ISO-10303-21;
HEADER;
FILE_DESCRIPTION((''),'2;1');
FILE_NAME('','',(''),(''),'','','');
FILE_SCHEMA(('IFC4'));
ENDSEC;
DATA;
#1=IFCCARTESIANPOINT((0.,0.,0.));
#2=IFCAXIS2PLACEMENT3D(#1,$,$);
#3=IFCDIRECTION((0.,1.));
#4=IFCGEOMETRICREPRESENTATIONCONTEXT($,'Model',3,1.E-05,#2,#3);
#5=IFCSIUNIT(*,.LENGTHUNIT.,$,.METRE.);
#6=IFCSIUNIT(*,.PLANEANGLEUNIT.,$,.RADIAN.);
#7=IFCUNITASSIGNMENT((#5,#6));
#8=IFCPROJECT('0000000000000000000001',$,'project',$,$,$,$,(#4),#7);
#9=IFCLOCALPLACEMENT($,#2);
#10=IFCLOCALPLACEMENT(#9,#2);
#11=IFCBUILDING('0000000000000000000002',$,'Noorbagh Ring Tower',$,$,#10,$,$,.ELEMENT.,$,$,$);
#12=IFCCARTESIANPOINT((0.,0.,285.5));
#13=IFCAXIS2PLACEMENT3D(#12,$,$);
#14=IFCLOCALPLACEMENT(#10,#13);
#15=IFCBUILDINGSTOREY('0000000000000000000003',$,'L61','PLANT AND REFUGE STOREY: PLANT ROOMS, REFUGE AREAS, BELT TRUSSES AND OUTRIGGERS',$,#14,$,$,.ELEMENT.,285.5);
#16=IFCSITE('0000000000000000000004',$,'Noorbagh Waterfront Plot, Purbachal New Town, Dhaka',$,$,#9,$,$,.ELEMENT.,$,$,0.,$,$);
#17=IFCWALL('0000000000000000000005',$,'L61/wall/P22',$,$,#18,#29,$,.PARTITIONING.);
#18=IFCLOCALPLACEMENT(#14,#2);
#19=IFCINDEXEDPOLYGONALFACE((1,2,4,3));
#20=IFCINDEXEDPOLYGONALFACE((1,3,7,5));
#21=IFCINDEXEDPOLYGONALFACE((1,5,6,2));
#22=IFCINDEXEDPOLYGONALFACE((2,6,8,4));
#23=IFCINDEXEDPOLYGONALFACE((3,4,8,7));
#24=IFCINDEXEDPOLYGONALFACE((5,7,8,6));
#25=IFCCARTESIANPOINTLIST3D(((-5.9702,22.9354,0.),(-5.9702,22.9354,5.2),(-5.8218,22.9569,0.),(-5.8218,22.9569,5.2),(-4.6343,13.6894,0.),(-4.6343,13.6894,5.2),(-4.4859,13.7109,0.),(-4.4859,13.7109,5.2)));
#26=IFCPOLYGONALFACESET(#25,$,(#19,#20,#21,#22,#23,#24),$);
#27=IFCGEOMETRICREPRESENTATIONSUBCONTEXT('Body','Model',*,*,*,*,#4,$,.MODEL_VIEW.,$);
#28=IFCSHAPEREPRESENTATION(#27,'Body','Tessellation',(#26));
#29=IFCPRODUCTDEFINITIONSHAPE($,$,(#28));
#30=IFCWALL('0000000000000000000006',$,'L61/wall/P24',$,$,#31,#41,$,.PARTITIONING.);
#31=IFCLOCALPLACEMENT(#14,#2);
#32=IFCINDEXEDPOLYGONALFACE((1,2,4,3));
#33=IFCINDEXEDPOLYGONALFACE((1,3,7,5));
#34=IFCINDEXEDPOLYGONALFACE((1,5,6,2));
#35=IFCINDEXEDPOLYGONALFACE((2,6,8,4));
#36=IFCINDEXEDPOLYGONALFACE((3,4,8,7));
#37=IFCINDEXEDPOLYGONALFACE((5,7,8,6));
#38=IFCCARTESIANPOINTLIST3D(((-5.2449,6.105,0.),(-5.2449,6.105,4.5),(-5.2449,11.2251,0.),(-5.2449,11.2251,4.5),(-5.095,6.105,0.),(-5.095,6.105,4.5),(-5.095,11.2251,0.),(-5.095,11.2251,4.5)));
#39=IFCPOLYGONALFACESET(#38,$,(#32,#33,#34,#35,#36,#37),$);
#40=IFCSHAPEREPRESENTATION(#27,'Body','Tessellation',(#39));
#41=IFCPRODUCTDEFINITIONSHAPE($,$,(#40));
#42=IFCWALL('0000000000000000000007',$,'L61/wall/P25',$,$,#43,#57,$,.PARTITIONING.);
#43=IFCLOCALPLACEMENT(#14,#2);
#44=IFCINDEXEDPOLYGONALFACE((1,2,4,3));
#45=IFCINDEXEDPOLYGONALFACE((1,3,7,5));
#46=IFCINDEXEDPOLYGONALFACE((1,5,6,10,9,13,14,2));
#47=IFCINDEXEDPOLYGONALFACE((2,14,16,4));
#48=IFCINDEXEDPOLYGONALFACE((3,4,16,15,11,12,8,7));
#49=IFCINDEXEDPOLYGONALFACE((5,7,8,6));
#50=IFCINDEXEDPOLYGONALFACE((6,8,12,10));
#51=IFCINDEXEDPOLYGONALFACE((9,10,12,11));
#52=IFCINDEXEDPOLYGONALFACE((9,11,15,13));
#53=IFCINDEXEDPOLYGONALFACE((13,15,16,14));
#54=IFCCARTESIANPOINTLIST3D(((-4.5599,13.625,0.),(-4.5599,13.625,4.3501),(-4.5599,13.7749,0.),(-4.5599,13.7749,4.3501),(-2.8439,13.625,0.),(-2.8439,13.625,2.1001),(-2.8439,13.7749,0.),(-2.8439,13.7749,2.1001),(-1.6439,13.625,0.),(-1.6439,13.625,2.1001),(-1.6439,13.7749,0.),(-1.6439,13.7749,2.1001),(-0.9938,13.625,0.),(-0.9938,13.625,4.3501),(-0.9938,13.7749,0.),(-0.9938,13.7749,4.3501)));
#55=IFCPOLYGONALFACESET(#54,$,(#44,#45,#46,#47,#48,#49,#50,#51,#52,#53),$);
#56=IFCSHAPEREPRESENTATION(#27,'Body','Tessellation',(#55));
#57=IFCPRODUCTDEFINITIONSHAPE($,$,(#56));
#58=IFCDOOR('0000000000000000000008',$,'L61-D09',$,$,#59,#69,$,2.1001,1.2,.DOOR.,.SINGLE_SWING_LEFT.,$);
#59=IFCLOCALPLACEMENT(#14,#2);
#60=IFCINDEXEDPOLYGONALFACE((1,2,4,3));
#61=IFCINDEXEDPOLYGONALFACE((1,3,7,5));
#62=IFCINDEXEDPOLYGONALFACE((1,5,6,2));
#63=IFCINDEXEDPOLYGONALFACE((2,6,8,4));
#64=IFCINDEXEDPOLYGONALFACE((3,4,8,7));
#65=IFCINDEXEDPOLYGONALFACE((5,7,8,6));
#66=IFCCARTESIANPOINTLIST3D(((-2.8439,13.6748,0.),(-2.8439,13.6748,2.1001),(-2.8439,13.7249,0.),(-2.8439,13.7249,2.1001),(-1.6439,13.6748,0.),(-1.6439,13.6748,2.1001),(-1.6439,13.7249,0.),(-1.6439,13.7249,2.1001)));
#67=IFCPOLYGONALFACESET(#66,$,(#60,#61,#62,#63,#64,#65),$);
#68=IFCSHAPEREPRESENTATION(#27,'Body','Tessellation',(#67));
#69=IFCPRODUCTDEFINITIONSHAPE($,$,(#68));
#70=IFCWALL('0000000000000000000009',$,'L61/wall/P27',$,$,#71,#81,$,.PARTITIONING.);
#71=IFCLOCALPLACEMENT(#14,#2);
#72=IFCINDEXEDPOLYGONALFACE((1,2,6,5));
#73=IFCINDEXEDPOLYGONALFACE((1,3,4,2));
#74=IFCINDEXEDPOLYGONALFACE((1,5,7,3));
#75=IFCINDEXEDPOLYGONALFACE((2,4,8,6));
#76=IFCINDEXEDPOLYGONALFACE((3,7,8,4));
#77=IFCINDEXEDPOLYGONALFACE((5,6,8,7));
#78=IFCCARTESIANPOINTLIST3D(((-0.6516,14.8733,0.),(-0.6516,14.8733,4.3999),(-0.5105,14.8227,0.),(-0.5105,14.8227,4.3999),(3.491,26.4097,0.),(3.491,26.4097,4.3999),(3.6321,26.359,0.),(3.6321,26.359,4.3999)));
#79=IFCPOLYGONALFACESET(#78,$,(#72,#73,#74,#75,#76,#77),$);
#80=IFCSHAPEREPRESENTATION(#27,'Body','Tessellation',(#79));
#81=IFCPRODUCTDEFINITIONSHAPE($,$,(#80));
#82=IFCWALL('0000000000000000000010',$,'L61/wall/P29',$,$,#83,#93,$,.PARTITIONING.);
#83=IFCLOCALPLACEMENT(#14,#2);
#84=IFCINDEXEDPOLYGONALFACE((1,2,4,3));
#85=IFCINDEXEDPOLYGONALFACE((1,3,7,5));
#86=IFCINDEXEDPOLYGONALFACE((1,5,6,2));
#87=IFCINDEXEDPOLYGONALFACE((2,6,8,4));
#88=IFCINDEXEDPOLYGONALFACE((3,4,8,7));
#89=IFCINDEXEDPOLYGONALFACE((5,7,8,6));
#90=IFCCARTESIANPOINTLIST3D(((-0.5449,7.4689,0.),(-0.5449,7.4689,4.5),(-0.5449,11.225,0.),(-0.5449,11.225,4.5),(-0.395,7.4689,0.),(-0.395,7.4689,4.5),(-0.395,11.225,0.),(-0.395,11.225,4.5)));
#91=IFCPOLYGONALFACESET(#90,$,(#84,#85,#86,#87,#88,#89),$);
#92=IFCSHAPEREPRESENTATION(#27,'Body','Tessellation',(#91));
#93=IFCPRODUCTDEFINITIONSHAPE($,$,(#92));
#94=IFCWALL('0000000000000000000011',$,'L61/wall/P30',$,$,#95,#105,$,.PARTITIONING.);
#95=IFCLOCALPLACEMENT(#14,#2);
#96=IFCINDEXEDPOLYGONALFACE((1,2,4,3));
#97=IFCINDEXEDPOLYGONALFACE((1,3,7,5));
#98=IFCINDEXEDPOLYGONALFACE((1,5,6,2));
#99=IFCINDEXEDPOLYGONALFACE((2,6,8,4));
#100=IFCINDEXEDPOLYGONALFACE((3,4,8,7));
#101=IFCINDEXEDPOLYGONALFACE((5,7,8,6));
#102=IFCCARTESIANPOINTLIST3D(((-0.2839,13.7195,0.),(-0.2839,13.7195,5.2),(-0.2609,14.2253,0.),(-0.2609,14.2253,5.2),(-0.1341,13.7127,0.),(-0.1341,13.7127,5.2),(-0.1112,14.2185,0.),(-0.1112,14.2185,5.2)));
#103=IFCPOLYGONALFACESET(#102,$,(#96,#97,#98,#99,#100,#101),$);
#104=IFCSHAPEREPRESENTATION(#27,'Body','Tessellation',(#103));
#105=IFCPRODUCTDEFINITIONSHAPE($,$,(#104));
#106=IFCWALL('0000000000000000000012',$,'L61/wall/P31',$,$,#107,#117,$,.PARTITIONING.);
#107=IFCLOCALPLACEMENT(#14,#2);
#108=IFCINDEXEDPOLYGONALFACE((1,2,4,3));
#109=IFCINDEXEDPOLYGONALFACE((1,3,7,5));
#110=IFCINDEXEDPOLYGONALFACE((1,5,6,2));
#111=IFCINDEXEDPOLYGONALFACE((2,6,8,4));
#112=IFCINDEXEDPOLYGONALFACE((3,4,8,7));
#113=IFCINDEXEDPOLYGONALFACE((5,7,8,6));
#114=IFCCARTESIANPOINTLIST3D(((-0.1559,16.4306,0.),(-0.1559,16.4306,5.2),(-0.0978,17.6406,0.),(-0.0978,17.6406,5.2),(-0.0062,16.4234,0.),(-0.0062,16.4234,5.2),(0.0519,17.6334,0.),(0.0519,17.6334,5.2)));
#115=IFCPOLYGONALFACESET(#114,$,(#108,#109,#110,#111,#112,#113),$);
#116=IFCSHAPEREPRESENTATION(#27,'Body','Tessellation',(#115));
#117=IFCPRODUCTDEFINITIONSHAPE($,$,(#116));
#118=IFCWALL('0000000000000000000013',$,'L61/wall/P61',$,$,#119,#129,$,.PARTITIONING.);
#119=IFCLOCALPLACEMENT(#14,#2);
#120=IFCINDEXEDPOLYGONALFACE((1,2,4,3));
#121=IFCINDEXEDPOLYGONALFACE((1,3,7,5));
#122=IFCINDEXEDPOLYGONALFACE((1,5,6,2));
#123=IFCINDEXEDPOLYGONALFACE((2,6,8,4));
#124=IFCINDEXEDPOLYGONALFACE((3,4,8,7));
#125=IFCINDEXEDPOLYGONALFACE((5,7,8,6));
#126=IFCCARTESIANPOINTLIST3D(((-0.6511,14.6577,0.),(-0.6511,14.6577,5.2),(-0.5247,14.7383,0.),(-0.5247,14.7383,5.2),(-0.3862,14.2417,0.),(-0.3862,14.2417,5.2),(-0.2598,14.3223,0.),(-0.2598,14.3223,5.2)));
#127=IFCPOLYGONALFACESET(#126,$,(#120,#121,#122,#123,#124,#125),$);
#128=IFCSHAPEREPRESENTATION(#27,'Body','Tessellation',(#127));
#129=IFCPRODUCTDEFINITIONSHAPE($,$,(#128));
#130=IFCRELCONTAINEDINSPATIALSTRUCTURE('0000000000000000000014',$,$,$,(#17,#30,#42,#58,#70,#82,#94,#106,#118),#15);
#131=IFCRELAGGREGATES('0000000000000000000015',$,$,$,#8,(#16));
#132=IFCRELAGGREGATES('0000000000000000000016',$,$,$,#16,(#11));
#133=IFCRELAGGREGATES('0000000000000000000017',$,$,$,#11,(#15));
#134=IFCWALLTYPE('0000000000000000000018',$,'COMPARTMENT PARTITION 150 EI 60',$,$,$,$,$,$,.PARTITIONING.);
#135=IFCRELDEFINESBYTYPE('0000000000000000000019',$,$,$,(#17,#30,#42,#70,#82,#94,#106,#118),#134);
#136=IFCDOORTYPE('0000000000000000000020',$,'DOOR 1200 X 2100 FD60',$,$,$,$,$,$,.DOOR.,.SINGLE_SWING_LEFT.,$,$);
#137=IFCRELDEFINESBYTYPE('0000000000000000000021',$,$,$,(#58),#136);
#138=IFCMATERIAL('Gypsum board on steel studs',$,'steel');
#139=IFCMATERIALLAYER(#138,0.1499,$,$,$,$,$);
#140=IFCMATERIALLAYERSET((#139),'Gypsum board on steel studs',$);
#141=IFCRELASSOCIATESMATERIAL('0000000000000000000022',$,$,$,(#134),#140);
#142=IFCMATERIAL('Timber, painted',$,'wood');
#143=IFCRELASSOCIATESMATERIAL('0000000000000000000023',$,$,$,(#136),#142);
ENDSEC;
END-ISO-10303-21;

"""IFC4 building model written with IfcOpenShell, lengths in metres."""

from ifc_helpers import new_model, si_unit, direction, frame, frame_2d, origin, place, context, subcontext, project, spatial, rectangle, extrude, material, layer, layer_set, type_object, element, fill, save


model = new_model("IFC4")

# Units and contexts
model_context = context("Model", 3, precision=1e-05, world=origin(), true_north=direction((0.0, 1.0)))
body_context = subcontext(model_context, "Body", "Model", "MODEL_VIEW")
ifc_project = project(units=[si_unit("LENGTHUNIT", "METRE"), si_unit("PLANEANGLEUNIT", "RADIAN")], contexts=[model_context])

# Site, building, storey
site_placement = place(None, origin())
site = spatial("IfcSite", under=ifc_project, at=site_placement, Name="Noorbagh Waterfront Plot, Purbachal New Town, Dhaka", CompositionType="ELEMENT", RefElevation=0.0)
building_placement = place(site_placement, origin())
building = spatial("IfcBuilding", under=site, at=building_placement, Name="Noorbagh Ring Tower", CompositionType="ELEMENT")
storey_placement = place(building_placement, frame((0.0, 0.0, 285.5)))
storey = spatial("IfcBuildingStorey", under=building, at=storey_placement, Name="L61", Description="PLANT AND REFUGE STOREY: PLANT ROOMS, REFUGE AREAS, BELT TRUSSES AND OUTRIGGERS", CompositionType="ELEMENT", Elevation=285.5)

# Shared definitions
ifc_material_1 = material(Name="Gypsum board on steel studs", Category="steel")
ifc_layer = layer(ifc_material_1, 0.1499)
ifc_layer_set = layer_set([ifc_layer], Name="Gypsum board on steel studs")
wall_type = type_object("IfcWallType", Name="COMPARTMENT PARTITION 150 EI 60", PredefinedType="PARTITIONING", material=ifc_layer_set)

# Walls
wall_1_placement = place(storey_placement, frame((-5.896, 22.946, 0.0), z_axis=(0.0, 0.0, 1.0), x_axis=(0.143002, -0.989722, 0.0)))
element("IfcWall", 1, at=wall_1_placement, inside=storey, type_object=wall_type, Name="L61/wall/P22", PredefinedType="PARTITIONING", context=body_context, shape_type="SweptSolid", body=[
    extrude(rectangle(XDim=9.342, YDim=0.1499, at=frame_2d((4.6709, 0.0))), origin(), (0.0, 0.0, 1.0), 5.2),
])
wall_2_placement = place(storey_placement, frame((-5.1699, 6.105, 0.0), z_axis=(0.0, 0.0, 1.0), x_axis=(0.0, 1.0, 0.0)))
element("IfcWall", 2, at=wall_2_placement, inside=storey, type_object=wall_type, Name="L61/wall/P24", PredefinedType="PARTITIONING", context=body_context, shape_type="SweptSolid", body=[
    extrude(rectangle(XDim=5.1201, YDim=0.1499, at=frame_2d((2.5601, 0.0))), origin(), (0.0, 0.0, 1.0), 4.5),
])

# Wall, opening, door
wall_3_placement = place(storey_placement, frame((-4.5601, 13.7, 0.0), z_axis=(0.0, 0.0, 1.0), x_axis=(1.0, 0.0, 0.0)))
wall_3 = element("IfcWall", 3, at=wall_3_placement, inside=storey, type_object=wall_type, Name="L61/wall/P25", PredefinedType="PARTITIONING", context=body_context, shape_type="SweptSolid", body=[
    extrude(rectangle(XDim=3.5662, YDim=0.1499, at=frame_2d((1.7832, 0.0))), origin(), (0.0, 0.0, 1.0), 4.3501),
])
opening_1_placement = place(wall_3_placement, frame((1.7161, 0.0, 0.0)))
opening_1 = element("IfcOpeningElement", 4, at=opening_1_placement, cuts=wall_3, PredefinedType="OPENING", context=body_context, shape_type="SweptSolid", body=[
    extrude(rectangle(XDim=1.2, YDim=2.1001, at=frame_2d((0.6001, 1.05))), frame((0.0, 0.085, 0.0), z_axis=(0.0, -1.0, 0.0), x_axis=(1.0, 0.0, 0.0)), (0.0, 0.0, 1.0), 0.1699),
])
ifc_material_2 = material(Name="Timber, painted", Category="wood")
door_type_1 = type_object("IfcDoorType", Name="DOOR 1200 X 2100 FD60", OperationType="SINGLE_SWING_LEFT", PredefinedType="DOOR", material=ifc_material_2)
door_1_placement = place(opening_1_placement, origin())
door_1 = element("IfcDoor", 5, at=door_1_placement, inside=storey, type_object=door_type_1, Name="L61-D09", OperationType="SINGLE_SWING_LEFT", OverallHeight=2.1001, OverallWidth=1.2, PredefinedType="DOOR", context=body_context, shape_type="SweptSolid", body=[
    extrude(rectangle(XDim=1.2, YDim=2.1001, at=frame_2d((0.6001, 1.05))), frame((0.0, 0.0249, 0.0), z_axis=(0.0, -1.0, 0.0), x_axis=(1.0, 0.0, 0.0)), (0.0, 0.0, 1.0), 0.05),
])
fill(opening_1, door_1)

# Walls
wall_4_placement = place(storey_placement, frame((-0.5811, 14.8479, 0.0), z_axis=(0.0, 0.0, 1.0), x_axis=(0.33796, 0.941161, 0.0)))
element("IfcWall", 6, at=wall_4_placement, inside=storey, type_object=wall_type, Name="L61/wall/P27", PredefinedType="PARTITIONING", context=body_context, shape_type="SweptSolid", body=[
    extrude(rectangle(XDim=12.2576, YDim=0.1499, at=frame_2d((6.1289, 0.0))), origin(), (0.0, 0.0, 1.0), 4.3999),
])
wall_5_placement = place(storey_placement, frame((-0.47, 7.469, 0.0), z_axis=(0.0, 0.0, 1.0), x_axis=(0.0, 1.0, 0.0)))
element("IfcWall", 7, at=wall_5_placement, inside=storey, type_object=wall_type, Name="L61/wall/P29", PredefinedType="PARTITIONING", context=body_context, shape_type="SweptSolid", body=[
    extrude(rectangle(XDim=3.7561, YDim=0.1499, at=frame_2d((1.8779, 0.0))), origin(), (0.0, 0.0, 1.0), 4.5),
])
wall_6_placement = place(storey_placement, frame((-0.209, 13.7161, 0.0), z_axis=(0.0, 0.0, 1.0), x_axis=(0.04532, 0.998973, 0.0)))
element("IfcWall", 8, at=wall_6_placement, inside=storey, type_object=wall_type, Name="L61/wall/P30", PredefinedType="PARTITIONING", context=body_context, shape_type="SweptSolid", body=[
    extrude(rectangle(XDim=0.5063, YDim=0.1499, at=frame_2d((0.2532, 0.0))), origin(), (0.0, 0.0, 1.0), 5.2),
])
wall_7_placement = place(storey_placement, frame((-0.0811, 16.427, 0.0), z_axis=(0.0, 0.0, 1.0), x_axis=(0.047967, 0.998849, 0.0)))
element("IfcWall", 9, at=wall_7_placement, inside=storey, type_object=wall_type, Name="L61/wall/P31", PredefinedType="PARTITIONING", context=body_context, shape_type="SweptSolid", body=[
    extrude(rectangle(XDim=1.2114, YDim=0.1499, at=frame_2d((0.6057, 0.0))), origin(), (0.0, 0.0, 1.0), 5.2),
])
wall_8_placement = place(storey_placement, frame((-0.5879, 14.698, 0.0), z_axis=(0.0, 0.0, 1.0), x_axis=(0.5371, -0.843519, 0.0)))
element("IfcWall", 10, at=wall_8_placement, inside=storey, type_object=wall_type, Name="L61/wall/P61", PredefinedType="PARTITIONING", context=body_context, shape_type="SweptSolid", body=[
    extrude(rectangle(XDim=0.4932, YDim=0.1499, at=frame_2d((0.2466, 0.0))), origin(), (0.0, 0.0, 1.0), 5.2),
])

save(model, "model.ifc")
